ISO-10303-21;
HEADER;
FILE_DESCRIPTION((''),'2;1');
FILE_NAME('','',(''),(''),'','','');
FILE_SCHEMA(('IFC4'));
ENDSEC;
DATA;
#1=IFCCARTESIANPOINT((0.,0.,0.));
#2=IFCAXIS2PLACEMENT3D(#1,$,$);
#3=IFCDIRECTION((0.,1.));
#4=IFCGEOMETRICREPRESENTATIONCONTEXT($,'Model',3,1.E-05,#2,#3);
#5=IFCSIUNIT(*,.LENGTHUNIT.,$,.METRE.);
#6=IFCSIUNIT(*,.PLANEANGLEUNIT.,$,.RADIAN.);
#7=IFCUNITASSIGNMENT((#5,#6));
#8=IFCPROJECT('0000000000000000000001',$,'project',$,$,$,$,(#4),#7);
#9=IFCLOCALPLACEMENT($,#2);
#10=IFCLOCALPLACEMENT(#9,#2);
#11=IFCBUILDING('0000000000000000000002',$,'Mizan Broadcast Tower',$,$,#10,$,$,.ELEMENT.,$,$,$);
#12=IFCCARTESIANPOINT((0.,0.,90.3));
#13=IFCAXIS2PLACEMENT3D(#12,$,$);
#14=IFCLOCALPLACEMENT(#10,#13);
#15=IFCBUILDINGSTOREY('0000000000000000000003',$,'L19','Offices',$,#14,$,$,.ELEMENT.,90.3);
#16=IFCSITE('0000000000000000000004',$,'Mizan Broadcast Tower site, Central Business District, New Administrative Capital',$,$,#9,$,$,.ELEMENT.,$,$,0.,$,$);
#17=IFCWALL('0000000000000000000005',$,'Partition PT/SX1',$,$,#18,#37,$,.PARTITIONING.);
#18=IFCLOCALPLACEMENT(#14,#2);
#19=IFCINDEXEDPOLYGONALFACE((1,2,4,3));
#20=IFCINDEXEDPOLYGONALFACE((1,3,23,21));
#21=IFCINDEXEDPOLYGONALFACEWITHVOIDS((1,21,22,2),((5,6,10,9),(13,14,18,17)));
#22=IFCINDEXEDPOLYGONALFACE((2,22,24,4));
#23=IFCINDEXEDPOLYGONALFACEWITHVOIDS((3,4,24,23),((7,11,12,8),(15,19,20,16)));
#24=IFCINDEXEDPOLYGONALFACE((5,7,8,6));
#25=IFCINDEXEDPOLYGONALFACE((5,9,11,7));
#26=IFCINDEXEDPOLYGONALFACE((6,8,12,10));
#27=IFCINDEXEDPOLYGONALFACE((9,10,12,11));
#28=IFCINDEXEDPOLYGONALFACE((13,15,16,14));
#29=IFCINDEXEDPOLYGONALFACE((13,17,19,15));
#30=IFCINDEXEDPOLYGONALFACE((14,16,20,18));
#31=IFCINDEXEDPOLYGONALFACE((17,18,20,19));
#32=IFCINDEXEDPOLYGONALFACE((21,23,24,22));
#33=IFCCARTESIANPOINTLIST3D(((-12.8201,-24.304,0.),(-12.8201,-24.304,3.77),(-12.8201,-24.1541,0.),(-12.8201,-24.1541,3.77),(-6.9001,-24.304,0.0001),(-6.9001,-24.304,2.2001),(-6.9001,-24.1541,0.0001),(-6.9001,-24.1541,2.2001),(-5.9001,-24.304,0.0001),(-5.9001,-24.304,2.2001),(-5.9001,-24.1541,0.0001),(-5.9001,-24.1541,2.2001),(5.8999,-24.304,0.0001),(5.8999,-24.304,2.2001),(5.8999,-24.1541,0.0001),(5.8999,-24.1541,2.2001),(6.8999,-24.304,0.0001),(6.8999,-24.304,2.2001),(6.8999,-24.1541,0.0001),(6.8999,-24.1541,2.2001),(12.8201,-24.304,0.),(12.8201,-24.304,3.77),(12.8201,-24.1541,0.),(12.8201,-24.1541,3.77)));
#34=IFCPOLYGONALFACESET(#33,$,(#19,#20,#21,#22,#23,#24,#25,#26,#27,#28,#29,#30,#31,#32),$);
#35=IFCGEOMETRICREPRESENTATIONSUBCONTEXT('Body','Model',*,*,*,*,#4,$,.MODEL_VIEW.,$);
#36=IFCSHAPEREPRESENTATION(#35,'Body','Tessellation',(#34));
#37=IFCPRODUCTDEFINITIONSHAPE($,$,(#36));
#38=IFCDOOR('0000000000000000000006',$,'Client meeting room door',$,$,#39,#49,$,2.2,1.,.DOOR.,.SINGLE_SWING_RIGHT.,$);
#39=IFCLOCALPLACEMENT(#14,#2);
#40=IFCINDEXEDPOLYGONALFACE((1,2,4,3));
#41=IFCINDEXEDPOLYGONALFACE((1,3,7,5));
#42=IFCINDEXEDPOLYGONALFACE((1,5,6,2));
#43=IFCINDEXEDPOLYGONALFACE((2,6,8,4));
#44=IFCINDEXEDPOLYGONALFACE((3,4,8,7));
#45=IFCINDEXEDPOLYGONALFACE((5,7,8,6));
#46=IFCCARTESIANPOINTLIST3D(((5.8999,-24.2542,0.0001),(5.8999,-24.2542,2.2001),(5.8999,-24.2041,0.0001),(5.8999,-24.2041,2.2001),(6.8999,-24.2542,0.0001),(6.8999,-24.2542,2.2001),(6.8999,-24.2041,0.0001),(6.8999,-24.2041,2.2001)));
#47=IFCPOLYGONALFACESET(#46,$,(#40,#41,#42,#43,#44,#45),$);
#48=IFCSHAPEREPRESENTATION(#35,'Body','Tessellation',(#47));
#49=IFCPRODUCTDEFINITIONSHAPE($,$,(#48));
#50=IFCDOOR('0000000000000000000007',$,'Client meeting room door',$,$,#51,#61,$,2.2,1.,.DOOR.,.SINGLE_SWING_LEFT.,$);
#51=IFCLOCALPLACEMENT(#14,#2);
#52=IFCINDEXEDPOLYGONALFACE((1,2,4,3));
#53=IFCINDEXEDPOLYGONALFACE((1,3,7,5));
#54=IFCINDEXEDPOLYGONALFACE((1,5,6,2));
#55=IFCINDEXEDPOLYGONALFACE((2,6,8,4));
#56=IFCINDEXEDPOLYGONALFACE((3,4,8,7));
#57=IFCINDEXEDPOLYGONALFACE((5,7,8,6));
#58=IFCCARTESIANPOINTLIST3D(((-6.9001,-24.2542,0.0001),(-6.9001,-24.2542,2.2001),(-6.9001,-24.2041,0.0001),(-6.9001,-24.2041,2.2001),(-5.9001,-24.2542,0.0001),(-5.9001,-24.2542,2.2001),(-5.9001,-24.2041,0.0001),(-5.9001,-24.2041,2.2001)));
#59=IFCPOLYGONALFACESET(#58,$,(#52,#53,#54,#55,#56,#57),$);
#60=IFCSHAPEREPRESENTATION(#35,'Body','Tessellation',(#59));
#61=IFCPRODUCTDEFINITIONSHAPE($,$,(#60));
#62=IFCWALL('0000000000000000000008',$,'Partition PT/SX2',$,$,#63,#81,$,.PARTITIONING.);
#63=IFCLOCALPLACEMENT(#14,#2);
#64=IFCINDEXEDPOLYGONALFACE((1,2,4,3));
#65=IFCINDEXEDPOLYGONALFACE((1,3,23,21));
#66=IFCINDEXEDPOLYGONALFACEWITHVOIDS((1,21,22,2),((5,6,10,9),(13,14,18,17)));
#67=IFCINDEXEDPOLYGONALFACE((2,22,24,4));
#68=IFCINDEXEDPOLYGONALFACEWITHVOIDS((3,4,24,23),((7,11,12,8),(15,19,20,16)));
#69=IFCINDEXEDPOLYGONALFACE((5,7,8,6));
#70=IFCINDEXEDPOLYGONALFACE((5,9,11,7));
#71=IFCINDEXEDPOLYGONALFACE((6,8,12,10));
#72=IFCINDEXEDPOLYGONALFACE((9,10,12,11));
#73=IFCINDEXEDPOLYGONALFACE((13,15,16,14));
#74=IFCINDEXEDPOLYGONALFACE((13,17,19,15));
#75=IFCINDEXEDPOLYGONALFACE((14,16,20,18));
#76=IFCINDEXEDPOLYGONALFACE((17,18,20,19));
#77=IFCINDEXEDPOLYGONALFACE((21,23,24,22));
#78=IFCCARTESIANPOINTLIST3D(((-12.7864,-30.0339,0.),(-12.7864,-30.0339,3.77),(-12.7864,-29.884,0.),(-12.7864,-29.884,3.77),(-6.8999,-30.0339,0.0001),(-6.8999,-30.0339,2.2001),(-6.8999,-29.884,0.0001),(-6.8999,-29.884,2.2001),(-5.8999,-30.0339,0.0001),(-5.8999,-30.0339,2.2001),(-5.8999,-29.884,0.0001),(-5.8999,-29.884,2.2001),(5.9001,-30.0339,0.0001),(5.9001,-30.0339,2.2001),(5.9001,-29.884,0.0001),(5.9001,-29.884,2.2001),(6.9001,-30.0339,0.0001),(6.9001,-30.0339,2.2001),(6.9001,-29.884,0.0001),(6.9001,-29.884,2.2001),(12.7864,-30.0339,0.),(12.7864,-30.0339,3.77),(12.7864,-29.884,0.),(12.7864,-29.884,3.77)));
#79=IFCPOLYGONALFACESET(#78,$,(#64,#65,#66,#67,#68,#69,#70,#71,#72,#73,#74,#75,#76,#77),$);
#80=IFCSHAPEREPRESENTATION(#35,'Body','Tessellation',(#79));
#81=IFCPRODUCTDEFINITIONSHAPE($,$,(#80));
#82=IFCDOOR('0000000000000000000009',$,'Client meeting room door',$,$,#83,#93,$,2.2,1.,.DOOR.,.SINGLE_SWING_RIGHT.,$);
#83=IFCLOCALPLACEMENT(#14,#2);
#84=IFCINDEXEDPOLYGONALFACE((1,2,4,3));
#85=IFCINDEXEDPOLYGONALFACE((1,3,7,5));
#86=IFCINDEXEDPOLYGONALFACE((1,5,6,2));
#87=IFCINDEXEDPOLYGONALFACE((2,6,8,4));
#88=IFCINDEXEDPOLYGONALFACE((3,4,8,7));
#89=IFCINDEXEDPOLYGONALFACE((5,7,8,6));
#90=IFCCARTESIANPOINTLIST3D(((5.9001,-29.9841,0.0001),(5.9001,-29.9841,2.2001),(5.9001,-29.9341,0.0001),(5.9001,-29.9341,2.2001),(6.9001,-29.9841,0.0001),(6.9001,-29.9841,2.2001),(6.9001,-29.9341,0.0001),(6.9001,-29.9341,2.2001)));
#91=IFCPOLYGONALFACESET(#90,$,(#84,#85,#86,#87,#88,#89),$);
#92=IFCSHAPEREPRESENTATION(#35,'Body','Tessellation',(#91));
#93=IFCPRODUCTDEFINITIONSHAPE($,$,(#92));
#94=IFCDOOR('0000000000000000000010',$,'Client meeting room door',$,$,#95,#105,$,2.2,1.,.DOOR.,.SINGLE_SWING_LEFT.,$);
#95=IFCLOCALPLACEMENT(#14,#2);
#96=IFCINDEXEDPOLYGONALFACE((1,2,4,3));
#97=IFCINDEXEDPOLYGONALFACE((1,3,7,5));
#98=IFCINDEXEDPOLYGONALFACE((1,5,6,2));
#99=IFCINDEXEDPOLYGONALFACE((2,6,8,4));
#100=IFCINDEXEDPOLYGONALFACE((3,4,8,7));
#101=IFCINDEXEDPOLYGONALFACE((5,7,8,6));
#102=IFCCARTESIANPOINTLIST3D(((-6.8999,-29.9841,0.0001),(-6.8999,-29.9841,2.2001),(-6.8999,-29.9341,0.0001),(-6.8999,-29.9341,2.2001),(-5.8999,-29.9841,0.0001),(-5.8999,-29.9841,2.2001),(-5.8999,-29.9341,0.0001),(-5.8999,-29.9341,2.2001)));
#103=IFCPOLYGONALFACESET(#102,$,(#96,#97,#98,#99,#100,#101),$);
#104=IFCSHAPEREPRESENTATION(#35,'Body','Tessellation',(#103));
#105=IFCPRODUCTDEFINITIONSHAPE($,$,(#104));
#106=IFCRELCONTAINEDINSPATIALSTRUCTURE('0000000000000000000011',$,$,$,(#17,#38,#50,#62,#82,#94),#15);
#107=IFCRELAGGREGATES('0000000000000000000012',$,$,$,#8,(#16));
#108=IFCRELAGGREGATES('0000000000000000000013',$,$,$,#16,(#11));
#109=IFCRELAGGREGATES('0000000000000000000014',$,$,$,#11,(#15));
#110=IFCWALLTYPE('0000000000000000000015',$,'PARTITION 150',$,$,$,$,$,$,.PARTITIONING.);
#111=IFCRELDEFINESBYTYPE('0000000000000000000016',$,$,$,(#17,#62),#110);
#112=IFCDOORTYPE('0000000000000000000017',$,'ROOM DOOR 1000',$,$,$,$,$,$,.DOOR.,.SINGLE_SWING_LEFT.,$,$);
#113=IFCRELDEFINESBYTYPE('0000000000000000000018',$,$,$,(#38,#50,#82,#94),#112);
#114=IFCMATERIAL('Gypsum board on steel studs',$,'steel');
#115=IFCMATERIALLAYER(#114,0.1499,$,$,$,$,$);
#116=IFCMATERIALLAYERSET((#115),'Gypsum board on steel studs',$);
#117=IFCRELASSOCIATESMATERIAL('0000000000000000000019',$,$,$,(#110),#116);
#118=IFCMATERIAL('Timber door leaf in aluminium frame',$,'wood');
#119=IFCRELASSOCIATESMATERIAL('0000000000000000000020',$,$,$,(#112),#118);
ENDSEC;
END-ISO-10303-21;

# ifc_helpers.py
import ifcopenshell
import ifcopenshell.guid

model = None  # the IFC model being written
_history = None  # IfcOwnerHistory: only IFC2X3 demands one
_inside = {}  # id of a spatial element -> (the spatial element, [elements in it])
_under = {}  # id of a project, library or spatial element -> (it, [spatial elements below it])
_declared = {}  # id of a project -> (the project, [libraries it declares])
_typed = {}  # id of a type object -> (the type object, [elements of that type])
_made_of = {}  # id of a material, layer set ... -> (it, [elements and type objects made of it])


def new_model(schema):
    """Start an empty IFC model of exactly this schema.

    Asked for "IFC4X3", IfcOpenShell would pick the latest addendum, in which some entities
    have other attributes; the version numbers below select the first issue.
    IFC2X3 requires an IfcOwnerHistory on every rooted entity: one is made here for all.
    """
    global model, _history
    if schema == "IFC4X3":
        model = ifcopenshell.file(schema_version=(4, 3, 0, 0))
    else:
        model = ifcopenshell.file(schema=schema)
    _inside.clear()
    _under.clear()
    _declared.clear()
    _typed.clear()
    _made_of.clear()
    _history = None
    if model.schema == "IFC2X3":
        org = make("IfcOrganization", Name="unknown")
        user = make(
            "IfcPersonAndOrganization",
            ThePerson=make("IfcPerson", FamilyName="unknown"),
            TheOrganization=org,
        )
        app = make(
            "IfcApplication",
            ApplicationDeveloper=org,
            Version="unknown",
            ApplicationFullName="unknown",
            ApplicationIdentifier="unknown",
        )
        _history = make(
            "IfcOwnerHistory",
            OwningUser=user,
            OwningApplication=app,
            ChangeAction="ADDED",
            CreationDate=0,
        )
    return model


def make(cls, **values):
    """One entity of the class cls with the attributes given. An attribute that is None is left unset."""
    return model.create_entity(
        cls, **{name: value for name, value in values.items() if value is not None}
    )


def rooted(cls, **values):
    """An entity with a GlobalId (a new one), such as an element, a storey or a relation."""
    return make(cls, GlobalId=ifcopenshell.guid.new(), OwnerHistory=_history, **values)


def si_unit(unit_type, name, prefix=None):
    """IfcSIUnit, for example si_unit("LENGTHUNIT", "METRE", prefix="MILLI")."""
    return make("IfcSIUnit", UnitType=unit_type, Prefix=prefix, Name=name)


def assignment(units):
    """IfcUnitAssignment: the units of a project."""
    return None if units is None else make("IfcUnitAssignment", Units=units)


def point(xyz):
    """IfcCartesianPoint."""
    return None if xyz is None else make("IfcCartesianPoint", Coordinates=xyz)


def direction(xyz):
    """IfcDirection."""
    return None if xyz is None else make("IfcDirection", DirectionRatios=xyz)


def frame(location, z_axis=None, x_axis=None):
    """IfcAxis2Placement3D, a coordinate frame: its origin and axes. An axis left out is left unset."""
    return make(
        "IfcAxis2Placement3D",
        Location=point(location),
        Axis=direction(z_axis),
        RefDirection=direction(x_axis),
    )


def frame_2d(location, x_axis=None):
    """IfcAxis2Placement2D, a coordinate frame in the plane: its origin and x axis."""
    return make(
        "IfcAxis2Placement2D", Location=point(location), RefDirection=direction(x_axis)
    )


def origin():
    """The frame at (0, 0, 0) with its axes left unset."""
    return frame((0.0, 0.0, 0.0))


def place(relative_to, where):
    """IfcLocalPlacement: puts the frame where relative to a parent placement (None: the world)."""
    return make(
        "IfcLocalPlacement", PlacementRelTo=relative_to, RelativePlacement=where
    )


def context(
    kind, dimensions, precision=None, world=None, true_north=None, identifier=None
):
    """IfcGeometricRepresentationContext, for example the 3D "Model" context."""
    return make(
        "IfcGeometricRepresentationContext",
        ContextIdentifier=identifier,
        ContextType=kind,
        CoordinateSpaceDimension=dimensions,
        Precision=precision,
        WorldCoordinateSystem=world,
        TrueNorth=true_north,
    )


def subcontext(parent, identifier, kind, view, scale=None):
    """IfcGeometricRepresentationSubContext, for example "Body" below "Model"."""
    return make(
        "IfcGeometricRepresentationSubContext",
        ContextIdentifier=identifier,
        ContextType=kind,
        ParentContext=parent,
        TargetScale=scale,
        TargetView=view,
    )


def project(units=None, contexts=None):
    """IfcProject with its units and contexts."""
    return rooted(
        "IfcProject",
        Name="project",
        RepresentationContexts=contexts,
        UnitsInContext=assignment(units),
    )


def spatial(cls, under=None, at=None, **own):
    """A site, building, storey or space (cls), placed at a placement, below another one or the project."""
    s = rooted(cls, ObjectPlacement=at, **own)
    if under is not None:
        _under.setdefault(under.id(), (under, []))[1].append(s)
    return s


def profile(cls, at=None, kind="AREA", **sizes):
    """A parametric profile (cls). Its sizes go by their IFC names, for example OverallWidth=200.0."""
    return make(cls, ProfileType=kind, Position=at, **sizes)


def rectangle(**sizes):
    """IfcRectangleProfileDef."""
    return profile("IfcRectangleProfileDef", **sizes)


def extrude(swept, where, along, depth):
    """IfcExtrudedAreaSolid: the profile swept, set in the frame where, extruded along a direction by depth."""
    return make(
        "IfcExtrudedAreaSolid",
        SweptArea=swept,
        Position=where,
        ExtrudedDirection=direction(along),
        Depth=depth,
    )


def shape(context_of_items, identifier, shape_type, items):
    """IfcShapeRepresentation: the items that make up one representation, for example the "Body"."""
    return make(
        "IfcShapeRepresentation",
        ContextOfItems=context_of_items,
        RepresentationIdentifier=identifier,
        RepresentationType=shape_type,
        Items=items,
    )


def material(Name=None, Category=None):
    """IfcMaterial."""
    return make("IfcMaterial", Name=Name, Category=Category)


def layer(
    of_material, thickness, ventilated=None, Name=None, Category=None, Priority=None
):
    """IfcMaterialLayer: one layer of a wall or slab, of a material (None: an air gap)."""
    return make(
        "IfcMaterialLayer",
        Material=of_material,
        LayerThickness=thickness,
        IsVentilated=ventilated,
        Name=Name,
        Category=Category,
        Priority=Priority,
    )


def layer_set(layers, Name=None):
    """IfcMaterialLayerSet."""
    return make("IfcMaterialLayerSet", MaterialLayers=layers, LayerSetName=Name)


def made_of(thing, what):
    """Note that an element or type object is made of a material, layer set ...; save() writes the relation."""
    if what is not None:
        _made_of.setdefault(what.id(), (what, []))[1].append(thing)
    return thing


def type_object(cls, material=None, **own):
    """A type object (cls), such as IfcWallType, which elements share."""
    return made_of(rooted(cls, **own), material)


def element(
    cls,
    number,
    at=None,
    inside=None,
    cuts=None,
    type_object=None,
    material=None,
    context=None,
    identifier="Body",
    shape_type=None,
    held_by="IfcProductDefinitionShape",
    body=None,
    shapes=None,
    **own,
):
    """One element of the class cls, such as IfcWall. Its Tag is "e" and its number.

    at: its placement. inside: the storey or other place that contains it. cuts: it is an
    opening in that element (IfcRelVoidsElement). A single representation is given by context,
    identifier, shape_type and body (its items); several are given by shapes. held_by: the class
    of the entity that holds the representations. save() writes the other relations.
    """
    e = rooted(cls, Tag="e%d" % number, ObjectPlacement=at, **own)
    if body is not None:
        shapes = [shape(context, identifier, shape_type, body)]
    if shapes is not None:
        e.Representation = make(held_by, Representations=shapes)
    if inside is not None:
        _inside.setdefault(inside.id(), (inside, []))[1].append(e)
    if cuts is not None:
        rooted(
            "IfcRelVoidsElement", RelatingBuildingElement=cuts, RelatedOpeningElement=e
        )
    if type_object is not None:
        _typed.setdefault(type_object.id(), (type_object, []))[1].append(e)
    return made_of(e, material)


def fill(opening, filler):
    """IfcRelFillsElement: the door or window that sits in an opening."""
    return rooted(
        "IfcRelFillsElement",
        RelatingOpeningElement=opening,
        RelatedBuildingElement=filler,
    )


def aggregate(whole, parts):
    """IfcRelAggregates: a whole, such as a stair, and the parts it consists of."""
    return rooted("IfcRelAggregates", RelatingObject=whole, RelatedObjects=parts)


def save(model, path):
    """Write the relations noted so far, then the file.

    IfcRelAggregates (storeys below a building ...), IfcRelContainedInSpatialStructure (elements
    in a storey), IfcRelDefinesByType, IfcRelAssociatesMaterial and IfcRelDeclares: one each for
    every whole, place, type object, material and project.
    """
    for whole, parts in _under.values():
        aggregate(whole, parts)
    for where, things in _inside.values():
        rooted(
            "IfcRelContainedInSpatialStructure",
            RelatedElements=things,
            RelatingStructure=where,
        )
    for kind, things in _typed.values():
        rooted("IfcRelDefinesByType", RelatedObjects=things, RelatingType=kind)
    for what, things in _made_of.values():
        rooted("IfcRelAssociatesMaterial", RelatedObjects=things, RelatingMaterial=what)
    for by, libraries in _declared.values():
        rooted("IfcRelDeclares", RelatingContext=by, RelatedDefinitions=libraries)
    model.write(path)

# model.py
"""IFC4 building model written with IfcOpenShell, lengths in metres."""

from ifc_helpers import new_model, si_unit, direction, frame, frame_2d, origin, place, context, subcontext, project, spatial, rectangle, extrude, material, layer, layer_set, type_object, element, fill, save


model = new_model("IFC4")

# Units and contexts
model_context = context("Model", 3, precision=1e-05, world=origin(), true_north=direction((0.0, 1.0)))
body_context = subcontext(model_context, "Body", "Model", "MODEL_VIEW")
ifc_project = project(units=[si_unit("LENGTHUNIT", "METRE"), si_unit("PLANEANGLEUNIT", "RADIAN")], contexts=[model_context])

# Site, building, storey
site_placement = place(None, origin())
site = spatial("IfcSite", under=ifc_project, at=site_placement, Name="Mizan Broadcast Tower site, Central Business District, New Administrative Capital", CompositionType="ELEMENT", RefElevation=0.0)
building_placement = place(site_placement, origin())
building = spatial("IfcBuilding", under=site, at=building_placement, Name="Mizan Broadcast Tower", CompositionType="ELEMENT")
storey_placement = place(building_placement, frame((0.0, 0.0, 90.3)))
storey = spatial("IfcBuildingStorey", under=building, at=storey_placement, Name="L19", Description="Offices", CompositionType="ELEMENT", Elevation=90.3)

# Walls, openings, doors
ifc_material_1 = material(Name="Gypsum board on steel studs", Category="steel")
ifc_layer_1 = layer(ifc_material_1, 0.1499)
ifc_layer_set_1 = layer_set([ifc_layer_1], Name="Gypsum board on steel studs")
wall_type = type_object("IfcWallType", Name="PARTITION 150", PredefinedType="PARTITIONING", material=ifc_layer_set_1)
wall_1_placement = place(storey_placement, frame((-12.8201, -24.229, 0.0), z_axis=(0.0, 0.0, 1.0), x_axis=(1.0, 0.0, 0.0)))
wall_1 = element("IfcWall", 1, at=wall_1_placement, inside=storey, type_object=wall_type, Name="Partition PT/SX1", PredefinedType="PARTITIONING", context=body_context, shape_type="SweptSolid", body=[
    extrude(rectangle(XDim=25.6401, YDim=0.1499, at=frame_2d((12.8201, 0.0))), origin(), (0.0, 0.0, 1.0), 3.77),
])
opening_1_placement = place(wall_1_placement, frame((18.72, 0.0, 0.0)))
opening_1 = element("IfcOpeningElement", 2, at=opening_1_placement, cuts=wall_1, PredefinedType="OPENING", context=body_context, shape_type="SweptSolid", body=[
    extrude(rectangle(XDim=1.0, YDim=2.2, at=frame_2d((0.5, 1.1001))), frame((0.0, 0.085, 0.0), z_axis=(0.0, -1.0, 0.0), x_axis=(1.0, 0.0, 0.0)), (0.0, 0.0, 1.0), 0.1699),
])
opening_2_placement = place(wall_1_placement, frame((5.9199, 0.0, 0.0)))
opening_2 = element("IfcOpeningElement", 3, at=opening_2_placement, cuts=wall_1, PredefinedType="OPENING", context=body_context, shape_type="SweptSolid", body=[
    extrude(rectangle(XDim=1.0, YDim=2.2, at=frame_2d((0.5, 1.1001))), frame((0.0, 0.085, 0.0), z_axis=(0.0, -1.0, 0.0), x_axis=(1.0, 0.0, 0.0)), (0.0, 0.0, 1.0), 0.1699),
])
ifc_material_2 = material(Name="Timber door leaf in aluminium frame", Category="wood")
door_type = type_object("IfcDoorType", Name="ROOM DOOR 1000", OperationType="SINGLE_SWING_LEFT", PredefinedType="DOOR", material=ifc_material_2)
door_1_placement = place(opening_1_placement, origin())
door_1 = element("IfcDoor", 4, at=door_1_placement, inside=storey, type_object=door_type, Name="Client meeting room door", OperationType="SINGLE_SWING_RIGHT", OverallHeight=2.2, OverallWidth=1.0, PredefinedType="DOOR", context=body_context, shape_type="SweptSolid", body=[
    extrude(rectangle(XDim=1.0, YDim=2.2, at=frame_2d((0.5, 1.1001))), frame((0.0, 0.0249, 0.0), z_axis=(0.0, -1.0, 0.0), x_axis=(1.0, 0.0, 0.0)), (0.0, 0.0, 1.0), 0.05),
])
fill(opening_1, door_1)
door_2_placement = place(opening_2_placement, origin())
door_2 = element("IfcDoor", 5, at=door_2_placement, inside=storey, type_object=door_type, Name="Client meeting room door", OperationType="SINGLE_SWING_LEFT", OverallHeight=2.2, OverallWidth=1.0, PredefinedType="DOOR", context=body_context, shape_type="SweptSolid", body=[
    extrude(rectangle(XDim=1.0, YDim=2.2, at=frame_2d((0.5, 1.1001))), frame((0.0, 0.0249, 0.0), z_axis=(0.0, -1.0, 0.0), x_axis=(1.0, 0.0, 0.0)), (0.0, 0.0, 1.0), 0.05),
])
fill(opening_2, door_2)
wall_2_placement = place(storey_placement, frame((-12.7864, -29.959, 0.0), z_axis=(0.0, 0.0, 1.0), x_axis=(1.0, 0.0, 0.0)))
wall_2 = element("IfcWall", 6, at=wall_2_placement, inside=storey, type_object=wall_type, Name="Partition PT/SX2", PredefinedType="PARTITIONING", context=body_context, shape_type="SweptSolid", body=[
    extrude(rectangle(XDim=25.5728, YDim=0.1499, at=frame_2d((12.7864, 0.0))), origin(), (0.0, 0.0, 1.0), 3.77),
])
opening_3_placement = place(wall_2_placement, frame((18.6865, 0.0, 0.0)))
opening_3 = element("IfcOpeningElement", 7, at=opening_3_placement, cuts=wall_2, PredefinedType="OPENING", context=body_context, shape_type="SweptSolid", body=[
    extrude(rectangle(XDim=1.0, YDim=2.2, at=frame_2d((0.5, 1.1001))), frame((0.0, 0.085, 0.0), z_axis=(0.0, -1.0, 0.0), x_axis=(1.0, 0.0, 0.0)), (0.0, 0.0, 1.0), 0.1699),
])
opening_4_placement = place(wall_2_placement, frame((5.8865, 0.0, 0.0)))
opening_4 = element("IfcOpeningElement", 8, at=opening_4_placement, cuts=wall_2, PredefinedType="OPENING", context=body_context, shape_type="SweptSolid", body=[
    extrude(rectangle(XDim=1.0, YDim=2.2, at=frame_2d((0.5, 1.1001))), frame((0.0, 0.085, 0.0), z_axis=(0.0, -1.0, 0.0), x_axis=(1.0, 0.0, 0.0)), (0.0, 0.0, 1.0), 0.1699),
])
door_3_placement = place(opening_3_placement, origin())
door_3 = element("IfcDoor", 9, at=door_3_placement, inside=storey, type_object=door_type, Name="Client meeting room door", OperationType="SINGLE_SWING_RIGHT", OverallHeight=2.2, OverallWidth=1.0, PredefinedType="DOOR", context=body_context, shape_type="SweptSolid", body=[
    extrude(rectangle(XDim=1.0, YDim=2.2, at=frame_2d((0.5, 1.1001))), frame((0.0, 0.0249, 0.0), z_axis=(0.0, -1.0, 0.0), x_axis=(1.0, 0.0, 0.0)), (0.0, 0.0, 1.0), 0.05),
])
fill(opening_3, door_3)
door_4_placement = place(opening_4_placement, origin())
door_4 = element("IfcDoor", 10, at=door_4_placement, inside=storey, type_object=door_type, Name="Client meeting room door", OperationType="SINGLE_SWING_LEFT", OverallHeight=2.2, OverallWidth=1.0, PredefinedType="DOOR", context=body_context, shape_type="SweptSolid", body=[
    extrude(rectangle(XDim=1.0, YDim=2.2, at=frame_2d((0.5, 1.1001))), frame((0.0, 0.0249, 0.0), z_axis=(0.0, -1.0, 0.0), x_axis=(1.0, 0.0, 0.0)), (0.0, 0.0, 1.0), 0.05),
])
fill(opening_4, door_4)

save(model, "model.ifc")
